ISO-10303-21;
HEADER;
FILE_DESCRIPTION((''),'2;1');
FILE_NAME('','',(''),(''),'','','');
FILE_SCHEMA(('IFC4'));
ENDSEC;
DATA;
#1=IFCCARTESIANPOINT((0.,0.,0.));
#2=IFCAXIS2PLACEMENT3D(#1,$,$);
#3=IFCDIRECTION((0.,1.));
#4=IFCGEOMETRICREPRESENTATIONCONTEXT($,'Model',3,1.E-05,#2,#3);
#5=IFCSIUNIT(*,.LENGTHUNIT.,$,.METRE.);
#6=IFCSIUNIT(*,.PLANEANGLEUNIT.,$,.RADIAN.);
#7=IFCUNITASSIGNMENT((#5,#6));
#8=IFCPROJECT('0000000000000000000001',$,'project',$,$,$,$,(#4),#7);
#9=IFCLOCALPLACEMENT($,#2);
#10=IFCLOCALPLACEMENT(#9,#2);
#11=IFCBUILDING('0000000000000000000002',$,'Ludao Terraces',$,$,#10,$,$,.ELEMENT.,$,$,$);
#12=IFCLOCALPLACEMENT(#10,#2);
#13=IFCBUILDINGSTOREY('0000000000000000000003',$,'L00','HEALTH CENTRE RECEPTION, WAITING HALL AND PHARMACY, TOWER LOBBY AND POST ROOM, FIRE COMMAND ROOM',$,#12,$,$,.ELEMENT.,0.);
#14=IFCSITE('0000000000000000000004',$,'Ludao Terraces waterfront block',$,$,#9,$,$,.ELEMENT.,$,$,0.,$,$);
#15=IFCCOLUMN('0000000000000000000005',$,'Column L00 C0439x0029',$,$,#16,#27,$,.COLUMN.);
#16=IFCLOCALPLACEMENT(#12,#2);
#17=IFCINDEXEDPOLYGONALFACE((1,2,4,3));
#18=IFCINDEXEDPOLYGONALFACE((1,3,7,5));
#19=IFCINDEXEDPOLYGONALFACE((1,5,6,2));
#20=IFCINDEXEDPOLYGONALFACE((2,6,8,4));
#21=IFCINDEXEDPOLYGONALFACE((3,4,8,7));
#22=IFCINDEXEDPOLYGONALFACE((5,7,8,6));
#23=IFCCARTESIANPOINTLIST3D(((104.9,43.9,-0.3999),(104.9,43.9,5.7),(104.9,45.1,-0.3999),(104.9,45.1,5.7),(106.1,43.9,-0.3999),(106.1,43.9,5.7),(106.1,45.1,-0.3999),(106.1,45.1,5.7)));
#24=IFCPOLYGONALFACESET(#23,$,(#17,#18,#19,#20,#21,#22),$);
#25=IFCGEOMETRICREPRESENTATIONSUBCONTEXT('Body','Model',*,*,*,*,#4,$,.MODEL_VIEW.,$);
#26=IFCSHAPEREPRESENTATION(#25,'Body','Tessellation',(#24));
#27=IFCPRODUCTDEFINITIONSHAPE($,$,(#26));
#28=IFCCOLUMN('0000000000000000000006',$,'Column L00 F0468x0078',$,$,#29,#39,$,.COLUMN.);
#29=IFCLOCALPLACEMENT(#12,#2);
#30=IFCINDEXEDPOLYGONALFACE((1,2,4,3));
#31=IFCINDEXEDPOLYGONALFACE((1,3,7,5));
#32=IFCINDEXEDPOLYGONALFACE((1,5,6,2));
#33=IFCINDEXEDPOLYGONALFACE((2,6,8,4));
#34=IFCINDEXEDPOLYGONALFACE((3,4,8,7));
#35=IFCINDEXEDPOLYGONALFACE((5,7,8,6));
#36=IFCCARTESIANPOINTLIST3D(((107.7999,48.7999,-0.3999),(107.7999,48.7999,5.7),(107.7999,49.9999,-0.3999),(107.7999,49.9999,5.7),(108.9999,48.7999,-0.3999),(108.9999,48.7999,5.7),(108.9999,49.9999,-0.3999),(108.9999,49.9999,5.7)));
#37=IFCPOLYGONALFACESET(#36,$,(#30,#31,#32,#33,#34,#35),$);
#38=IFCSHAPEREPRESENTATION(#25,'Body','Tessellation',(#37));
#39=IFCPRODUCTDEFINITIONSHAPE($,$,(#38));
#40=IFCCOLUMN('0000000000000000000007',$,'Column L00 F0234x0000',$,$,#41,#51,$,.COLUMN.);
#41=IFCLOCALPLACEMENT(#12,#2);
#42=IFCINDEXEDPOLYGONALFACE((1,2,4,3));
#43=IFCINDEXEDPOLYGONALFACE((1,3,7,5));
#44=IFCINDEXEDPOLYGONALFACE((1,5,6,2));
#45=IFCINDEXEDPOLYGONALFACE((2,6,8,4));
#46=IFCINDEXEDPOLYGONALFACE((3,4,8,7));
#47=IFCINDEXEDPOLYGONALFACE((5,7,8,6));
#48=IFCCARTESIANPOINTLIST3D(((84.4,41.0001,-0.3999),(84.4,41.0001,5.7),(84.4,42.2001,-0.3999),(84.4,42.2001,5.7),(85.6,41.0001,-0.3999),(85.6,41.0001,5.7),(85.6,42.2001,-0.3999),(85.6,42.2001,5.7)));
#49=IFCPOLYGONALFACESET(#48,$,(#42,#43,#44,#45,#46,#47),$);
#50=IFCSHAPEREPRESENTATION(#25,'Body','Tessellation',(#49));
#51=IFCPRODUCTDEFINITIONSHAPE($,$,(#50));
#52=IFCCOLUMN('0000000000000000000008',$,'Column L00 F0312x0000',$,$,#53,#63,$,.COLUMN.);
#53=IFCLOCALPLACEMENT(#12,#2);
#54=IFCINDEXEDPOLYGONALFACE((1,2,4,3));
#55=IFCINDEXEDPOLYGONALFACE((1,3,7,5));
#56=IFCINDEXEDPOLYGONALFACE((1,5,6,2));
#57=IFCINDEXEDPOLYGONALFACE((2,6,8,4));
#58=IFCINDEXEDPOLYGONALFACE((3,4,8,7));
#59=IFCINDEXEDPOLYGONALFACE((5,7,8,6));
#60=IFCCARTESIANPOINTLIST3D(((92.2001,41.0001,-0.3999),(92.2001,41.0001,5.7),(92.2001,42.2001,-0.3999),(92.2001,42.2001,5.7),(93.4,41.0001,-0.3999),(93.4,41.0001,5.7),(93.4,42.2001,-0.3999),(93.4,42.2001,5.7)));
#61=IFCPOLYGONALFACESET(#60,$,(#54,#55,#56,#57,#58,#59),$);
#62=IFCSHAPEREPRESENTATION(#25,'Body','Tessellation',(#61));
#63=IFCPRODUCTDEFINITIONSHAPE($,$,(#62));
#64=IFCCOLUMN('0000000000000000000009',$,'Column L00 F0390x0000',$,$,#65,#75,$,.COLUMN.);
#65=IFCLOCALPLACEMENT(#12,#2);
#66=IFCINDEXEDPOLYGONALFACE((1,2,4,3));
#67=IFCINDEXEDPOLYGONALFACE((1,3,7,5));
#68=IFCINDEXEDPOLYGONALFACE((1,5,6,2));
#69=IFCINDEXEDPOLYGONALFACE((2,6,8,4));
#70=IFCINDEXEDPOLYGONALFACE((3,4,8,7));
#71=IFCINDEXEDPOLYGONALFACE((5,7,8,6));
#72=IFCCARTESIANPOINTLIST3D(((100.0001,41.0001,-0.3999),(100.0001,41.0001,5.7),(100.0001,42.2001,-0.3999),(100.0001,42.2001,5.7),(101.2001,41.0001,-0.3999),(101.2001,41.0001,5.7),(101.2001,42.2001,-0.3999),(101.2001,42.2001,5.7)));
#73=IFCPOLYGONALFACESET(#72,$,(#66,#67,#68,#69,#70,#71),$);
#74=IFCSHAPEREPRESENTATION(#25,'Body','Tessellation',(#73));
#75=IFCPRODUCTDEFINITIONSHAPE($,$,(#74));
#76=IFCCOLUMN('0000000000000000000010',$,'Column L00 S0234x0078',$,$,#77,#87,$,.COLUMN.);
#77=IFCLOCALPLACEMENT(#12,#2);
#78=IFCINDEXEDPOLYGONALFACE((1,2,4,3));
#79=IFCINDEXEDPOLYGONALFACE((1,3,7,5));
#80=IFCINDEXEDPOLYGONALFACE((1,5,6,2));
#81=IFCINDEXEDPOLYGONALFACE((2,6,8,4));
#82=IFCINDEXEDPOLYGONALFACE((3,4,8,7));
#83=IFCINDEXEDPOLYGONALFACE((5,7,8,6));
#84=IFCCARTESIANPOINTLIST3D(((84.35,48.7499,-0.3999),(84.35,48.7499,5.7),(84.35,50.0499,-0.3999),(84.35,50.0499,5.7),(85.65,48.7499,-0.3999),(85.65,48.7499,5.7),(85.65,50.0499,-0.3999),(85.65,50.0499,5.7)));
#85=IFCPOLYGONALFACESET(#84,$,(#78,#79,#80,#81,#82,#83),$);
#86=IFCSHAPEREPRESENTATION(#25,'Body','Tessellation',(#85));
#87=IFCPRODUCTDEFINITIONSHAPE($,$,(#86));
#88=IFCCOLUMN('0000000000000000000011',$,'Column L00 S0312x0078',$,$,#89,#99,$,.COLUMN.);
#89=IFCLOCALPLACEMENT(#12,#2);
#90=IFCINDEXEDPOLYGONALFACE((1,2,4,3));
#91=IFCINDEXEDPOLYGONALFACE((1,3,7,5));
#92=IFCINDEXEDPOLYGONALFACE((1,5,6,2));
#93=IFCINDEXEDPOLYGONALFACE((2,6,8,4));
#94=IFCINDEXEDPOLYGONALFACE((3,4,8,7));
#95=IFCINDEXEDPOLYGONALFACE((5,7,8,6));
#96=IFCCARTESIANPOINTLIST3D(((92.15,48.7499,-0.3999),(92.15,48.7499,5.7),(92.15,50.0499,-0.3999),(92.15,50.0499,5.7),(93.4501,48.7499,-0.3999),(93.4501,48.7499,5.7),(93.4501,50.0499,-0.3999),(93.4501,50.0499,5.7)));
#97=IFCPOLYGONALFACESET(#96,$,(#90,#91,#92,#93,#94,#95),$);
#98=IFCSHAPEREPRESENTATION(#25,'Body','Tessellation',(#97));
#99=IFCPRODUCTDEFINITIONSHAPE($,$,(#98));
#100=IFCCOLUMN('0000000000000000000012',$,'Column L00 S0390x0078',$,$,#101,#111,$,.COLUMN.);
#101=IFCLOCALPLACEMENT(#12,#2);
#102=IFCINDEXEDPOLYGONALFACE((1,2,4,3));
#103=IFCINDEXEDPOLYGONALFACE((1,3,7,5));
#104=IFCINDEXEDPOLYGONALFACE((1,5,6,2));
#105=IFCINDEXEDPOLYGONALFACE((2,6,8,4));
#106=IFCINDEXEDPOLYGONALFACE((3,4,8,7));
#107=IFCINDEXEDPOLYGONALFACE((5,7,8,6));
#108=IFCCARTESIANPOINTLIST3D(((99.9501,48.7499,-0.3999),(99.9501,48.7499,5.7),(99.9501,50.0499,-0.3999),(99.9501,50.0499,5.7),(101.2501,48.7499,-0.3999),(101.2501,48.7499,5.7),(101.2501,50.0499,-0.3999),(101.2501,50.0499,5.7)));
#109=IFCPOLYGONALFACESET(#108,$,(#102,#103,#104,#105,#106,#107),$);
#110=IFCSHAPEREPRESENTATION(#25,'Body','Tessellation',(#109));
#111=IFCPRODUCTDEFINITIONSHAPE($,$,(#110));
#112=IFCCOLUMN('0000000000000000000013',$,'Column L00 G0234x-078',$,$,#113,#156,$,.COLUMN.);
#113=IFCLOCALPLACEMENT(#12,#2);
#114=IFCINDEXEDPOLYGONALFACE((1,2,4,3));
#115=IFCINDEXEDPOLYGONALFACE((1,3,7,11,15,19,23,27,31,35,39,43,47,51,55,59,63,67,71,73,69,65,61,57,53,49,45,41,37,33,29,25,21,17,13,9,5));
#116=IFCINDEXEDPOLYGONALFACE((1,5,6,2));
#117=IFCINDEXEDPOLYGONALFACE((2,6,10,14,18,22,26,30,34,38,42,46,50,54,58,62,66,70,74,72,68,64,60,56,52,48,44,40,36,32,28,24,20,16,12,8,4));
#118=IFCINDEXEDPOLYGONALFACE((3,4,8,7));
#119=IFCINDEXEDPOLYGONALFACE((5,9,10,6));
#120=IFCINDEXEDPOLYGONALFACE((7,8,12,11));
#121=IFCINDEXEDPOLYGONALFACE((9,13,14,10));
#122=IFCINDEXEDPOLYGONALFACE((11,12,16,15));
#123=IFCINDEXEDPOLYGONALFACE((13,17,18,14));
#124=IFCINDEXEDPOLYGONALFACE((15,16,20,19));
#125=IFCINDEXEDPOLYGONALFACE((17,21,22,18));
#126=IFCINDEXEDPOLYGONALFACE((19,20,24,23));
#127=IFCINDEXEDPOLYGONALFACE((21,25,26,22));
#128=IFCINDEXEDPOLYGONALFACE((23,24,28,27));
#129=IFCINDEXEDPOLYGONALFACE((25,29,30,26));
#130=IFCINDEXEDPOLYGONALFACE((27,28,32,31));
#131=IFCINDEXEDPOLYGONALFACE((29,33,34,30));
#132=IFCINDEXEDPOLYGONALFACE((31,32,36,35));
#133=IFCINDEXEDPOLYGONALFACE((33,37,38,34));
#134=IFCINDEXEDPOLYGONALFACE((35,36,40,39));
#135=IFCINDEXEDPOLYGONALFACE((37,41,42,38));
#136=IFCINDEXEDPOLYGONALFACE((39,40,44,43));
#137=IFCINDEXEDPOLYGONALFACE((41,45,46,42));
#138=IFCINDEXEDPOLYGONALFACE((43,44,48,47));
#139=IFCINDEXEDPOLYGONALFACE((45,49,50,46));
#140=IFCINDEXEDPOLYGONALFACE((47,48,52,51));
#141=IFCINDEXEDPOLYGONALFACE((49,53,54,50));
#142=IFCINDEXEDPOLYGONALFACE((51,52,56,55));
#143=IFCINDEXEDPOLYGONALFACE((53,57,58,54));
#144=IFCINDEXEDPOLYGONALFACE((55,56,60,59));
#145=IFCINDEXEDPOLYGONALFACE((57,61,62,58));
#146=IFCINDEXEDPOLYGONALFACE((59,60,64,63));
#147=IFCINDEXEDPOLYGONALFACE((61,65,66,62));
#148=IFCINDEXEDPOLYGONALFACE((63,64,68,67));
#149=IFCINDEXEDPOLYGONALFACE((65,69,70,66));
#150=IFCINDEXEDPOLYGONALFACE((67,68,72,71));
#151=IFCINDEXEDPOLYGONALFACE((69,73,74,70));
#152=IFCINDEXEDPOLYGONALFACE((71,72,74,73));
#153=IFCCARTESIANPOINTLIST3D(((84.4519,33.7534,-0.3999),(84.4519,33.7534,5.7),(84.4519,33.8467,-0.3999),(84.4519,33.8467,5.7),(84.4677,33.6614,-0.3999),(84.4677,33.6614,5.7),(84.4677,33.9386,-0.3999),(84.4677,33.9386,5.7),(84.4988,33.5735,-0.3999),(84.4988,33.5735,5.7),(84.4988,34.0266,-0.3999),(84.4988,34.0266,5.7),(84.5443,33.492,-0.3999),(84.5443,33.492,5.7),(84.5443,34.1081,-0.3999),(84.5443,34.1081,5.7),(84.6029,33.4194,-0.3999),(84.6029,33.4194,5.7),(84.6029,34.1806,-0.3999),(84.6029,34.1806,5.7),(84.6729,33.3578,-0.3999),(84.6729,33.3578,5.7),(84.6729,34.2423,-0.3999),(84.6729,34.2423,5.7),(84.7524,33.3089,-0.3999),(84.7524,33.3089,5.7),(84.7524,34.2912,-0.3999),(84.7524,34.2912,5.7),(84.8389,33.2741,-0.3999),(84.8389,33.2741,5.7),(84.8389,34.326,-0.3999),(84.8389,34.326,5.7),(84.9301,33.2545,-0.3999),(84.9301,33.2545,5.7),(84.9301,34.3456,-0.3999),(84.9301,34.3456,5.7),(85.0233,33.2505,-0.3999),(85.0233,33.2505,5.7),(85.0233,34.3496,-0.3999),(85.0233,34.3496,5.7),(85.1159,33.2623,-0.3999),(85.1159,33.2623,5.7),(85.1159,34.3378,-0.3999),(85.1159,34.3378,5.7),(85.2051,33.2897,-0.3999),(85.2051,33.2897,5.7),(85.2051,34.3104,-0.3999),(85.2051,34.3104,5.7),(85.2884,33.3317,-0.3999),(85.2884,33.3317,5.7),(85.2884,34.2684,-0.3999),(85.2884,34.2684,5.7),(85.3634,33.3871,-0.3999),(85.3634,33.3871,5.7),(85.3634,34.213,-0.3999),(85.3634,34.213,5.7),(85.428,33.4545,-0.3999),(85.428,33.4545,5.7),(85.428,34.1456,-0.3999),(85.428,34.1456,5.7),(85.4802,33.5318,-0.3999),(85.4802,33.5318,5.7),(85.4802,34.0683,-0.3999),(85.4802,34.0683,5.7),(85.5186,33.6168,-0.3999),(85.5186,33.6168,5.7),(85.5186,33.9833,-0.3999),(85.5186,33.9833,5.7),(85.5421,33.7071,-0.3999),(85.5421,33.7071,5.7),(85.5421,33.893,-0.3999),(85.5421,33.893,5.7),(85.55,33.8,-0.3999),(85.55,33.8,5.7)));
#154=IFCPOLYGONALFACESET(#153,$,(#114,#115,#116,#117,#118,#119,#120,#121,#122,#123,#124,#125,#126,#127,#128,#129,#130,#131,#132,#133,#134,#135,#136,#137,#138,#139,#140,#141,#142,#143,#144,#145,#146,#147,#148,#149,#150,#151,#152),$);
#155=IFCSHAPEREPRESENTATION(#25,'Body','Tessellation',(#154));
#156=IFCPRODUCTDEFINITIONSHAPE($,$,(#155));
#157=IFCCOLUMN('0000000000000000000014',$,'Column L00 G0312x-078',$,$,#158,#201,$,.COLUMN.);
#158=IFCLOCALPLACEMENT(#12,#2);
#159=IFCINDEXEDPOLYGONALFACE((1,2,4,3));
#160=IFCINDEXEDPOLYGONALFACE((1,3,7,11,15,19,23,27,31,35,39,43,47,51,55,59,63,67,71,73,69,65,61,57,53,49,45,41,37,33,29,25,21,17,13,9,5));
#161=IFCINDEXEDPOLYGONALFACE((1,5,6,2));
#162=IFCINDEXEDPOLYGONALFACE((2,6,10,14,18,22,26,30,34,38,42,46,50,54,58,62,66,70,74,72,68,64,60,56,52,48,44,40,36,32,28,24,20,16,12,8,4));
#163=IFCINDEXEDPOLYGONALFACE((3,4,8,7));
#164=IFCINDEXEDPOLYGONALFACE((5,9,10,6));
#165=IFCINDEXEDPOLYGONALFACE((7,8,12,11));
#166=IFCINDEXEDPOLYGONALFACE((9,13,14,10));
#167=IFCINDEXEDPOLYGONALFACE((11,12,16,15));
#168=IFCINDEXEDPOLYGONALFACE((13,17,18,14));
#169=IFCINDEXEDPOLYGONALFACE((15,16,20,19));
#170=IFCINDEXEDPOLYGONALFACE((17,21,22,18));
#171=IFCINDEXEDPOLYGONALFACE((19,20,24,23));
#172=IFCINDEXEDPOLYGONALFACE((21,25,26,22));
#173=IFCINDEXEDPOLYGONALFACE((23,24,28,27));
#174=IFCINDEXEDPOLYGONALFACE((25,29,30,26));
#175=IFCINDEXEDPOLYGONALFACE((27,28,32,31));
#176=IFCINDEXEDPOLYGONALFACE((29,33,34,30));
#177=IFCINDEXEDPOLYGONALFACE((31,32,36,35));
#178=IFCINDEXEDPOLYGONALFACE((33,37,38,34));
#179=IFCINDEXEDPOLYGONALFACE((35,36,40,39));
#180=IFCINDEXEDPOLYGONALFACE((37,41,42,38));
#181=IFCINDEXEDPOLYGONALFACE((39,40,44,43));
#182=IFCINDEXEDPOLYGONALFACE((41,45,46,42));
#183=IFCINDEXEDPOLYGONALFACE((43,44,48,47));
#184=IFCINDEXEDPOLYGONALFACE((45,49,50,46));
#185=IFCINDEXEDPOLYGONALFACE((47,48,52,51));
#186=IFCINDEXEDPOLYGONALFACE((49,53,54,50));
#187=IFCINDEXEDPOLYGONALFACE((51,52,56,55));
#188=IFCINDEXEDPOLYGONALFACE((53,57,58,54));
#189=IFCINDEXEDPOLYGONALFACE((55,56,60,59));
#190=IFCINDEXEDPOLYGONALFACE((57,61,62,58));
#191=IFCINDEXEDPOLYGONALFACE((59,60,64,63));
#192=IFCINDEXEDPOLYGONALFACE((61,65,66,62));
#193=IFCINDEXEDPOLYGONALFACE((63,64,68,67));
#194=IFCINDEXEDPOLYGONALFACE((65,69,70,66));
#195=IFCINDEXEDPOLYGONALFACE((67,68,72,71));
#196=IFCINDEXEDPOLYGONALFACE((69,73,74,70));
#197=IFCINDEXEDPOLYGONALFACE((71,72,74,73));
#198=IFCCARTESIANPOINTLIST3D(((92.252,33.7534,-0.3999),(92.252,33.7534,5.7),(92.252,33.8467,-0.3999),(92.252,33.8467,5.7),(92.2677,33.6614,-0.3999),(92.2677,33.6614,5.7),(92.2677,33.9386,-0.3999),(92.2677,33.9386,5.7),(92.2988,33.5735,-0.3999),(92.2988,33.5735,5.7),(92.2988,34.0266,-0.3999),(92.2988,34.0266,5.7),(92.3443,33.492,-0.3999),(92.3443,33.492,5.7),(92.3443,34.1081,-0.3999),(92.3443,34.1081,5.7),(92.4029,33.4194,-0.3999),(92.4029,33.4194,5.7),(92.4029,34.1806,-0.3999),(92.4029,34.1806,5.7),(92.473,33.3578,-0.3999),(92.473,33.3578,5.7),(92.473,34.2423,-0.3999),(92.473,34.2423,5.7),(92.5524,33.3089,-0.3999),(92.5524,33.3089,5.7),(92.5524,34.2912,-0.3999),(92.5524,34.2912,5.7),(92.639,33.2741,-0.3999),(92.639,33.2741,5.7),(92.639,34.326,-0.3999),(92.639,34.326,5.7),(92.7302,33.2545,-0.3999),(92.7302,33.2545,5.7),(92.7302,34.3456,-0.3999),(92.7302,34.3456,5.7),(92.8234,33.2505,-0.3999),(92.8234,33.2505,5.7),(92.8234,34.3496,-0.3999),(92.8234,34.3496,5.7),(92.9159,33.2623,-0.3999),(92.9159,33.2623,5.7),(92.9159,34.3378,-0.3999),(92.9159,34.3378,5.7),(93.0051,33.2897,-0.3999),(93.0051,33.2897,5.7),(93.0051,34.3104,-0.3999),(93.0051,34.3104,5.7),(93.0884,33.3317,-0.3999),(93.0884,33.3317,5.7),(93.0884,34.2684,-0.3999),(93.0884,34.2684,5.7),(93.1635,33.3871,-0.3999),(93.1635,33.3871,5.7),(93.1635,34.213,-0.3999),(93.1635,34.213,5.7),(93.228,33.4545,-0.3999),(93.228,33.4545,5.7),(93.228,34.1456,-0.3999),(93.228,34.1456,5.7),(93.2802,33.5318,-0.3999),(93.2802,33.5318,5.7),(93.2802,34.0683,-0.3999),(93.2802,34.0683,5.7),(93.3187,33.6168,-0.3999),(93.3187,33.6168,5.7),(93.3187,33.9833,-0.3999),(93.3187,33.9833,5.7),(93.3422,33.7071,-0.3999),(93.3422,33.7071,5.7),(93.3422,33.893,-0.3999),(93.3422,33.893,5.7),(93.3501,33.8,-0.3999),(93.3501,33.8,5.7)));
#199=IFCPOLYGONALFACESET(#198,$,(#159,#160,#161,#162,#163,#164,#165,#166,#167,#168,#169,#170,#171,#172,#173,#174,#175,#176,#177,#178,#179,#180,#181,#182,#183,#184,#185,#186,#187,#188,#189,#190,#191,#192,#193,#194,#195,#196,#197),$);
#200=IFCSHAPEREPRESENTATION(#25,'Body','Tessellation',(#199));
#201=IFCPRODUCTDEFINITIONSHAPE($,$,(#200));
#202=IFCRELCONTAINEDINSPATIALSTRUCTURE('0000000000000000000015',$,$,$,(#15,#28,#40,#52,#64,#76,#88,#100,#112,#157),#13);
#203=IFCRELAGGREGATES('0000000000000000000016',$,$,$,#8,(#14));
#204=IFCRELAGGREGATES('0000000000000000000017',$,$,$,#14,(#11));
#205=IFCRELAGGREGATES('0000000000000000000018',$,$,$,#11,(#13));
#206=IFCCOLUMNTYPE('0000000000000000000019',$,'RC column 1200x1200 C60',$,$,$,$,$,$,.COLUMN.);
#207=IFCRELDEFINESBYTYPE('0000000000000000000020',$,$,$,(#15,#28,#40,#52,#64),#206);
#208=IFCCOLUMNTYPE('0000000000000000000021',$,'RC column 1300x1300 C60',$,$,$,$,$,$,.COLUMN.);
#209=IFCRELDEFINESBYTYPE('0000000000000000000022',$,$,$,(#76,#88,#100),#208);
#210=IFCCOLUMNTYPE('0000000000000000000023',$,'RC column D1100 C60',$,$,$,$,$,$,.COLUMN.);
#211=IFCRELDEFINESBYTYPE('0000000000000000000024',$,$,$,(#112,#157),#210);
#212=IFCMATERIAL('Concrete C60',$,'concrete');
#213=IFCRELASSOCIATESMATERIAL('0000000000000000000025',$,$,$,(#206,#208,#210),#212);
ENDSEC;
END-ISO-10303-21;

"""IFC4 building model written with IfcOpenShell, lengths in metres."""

from ifc_helpers import new_model, si_unit, direction, frame, origin, origin_2d, place, context, subcontext, project, spatial, rectangle, circle, extrude, material, material_profile, profile_set, type_object, element, save


model = new_model("IFC4")

# Units and contexts
model_context = context("Model", 3, precision=1e-05, world=origin(), true_north=direction((0.0, 1.0)))
body_context = subcontext(model_context, "Body", "Model", "MODEL_VIEW")
ifc_project = project(units=[si_unit("LENGTHUNIT", "METRE"), si_unit("PLANEANGLEUNIT", "RADIAN")], contexts=[model_context])

# Site, building, storey
site_placement = place(None, origin())
site = spatial("IfcSite", under=ifc_project, at=site_placement, Name="Ludao Terraces waterfront block", CompositionType="ELEMENT", RefElevation=0.0)
building_placement = place(site_placement, origin())
building = spatial("IfcBuilding", under=site, at=building_placement, Name="Ludao Terraces", CompositionType="ELEMENT")
storey_placement = place(building_placement, origin())
storey = spatial("IfcBuildingStorey", under=building, at=storey_placement, Name="L00", Description="HEALTH CENTRE RECEPTION, WAITING HALL AND PHARMACY, TOWER LOBBY AND POST ROOM, FIRE COMMAND ROOM", CompositionType="ELEMENT", Elevation=0.0)

# Columns
ifc_material_1 = material(Name="Concrete C60", Category="concrete")
ifc_material_profile_1 = material_profile(ifc_material_1, rectangle(XDim=1.2, YDim=1.2, at=origin_2d()), Name="1200 X 1200")
ifc_profile_set_1 = profile_set([ifc_material_profile_1], Name="Concrete C60")
column_type_1 = type_object("IfcColumnType", Name="RC column 1200x1200 C60", PredefinedType="COLUMN", material=ifc_profile_set_1)
for number, where, z_axis, x_axis, name in (
    (1, (105.5, 44.5, -0.3999), (0.0, 0.0, 1.0), (1.0, 0.0, 0.0), "Column L00 C0439x0029"),
    (2, (108.3999, 49.3999, -0.3999), (0.0, 0.0, 1.0), (1.0, 0.0, 0.0), "Column L00 F0468x0078"),
    (3, (85.0, 41.6001, -0.3999), (0.0, 0.0, 1.0), (1.0, 0.0, 0.0), "Column L00 F0234x0000"),
    (4, (92.8, 41.6001, -0.3999), (0.0, 0.0, 1.0), (1.0, 0.0, 0.0), "Column L00 F0312x0000"),
    (5, (100.6001, 41.6001, -0.3999), (0.0, 0.0, 1.0), (1.0, 0.0, 0.0), "Column L00 F0390x0000"),
):
    element("IfcColumn", number, at=place(storey_placement, frame(where, z_axis=z_axis, x_axis=x_axis)), inside=storey, type_object=column_type_1, Name=name, PredefinedType="COLUMN", context=body_context, shape_type="SweptSolid", body=[
        extrude(rectangle(XDim=1.2, YDim=1.2, at=origin_2d()), origin(), (0.0, 0.0, 1.0), 6.0999),
    ])
ifc_material_profile_2 = material_profile(ifc_material_1, rectangle(XDim=1.3, YDim=1.3, at=origin_2d()), Name="1300 X 1300")
ifc_profile_set_2 = profile_set([ifc_material_profile_2], Name="Concrete C60")
column_type_2 = type_object("IfcColumnType", Name="RC column 1300x1300 C60", PredefinedType="COLUMN", material=ifc_profile_set_2)
for number, where, z_axis, x_axis, name in (
    (6, (85.0, 49.3999, -0.3999), (0.0, 0.0, 1.0), (1.0, 0.0, 0.0), "Column L00 S0234x0078"),
    (7, (92.8, 49.3999, -0.3999), (0.0, 0.0, 1.0), (1.0, 0.0, 0.0), "Column L00 S0312x0078"),
    (8, (100.6001, 49.3999, -0.3999), (0.0, 0.0, 1.0), (1.0, 0.0, 0.0), "Column L00 S0390x0078"),
):
    element("IfcColumn", number, at=place(storey_placement, frame(where, z_axis=z_axis, x_axis=x_axis)), inside=storey, type_object=column_type_2, Name=name, PredefinedType="COLUMN", context=body_context, shape_type="SweptSolid", body=[
        extrude(rectangle(XDim=1.3, YDim=1.3, at=origin_2d()), origin(), (0.0, 0.0, 1.0), 6.0999),
    ])
ifc_material_profile_3 = material_profile(ifc_material_1, circle(Radius=0.55, at=origin_2d()), Name="D1100")
ifc_profile_set_3 = profile_set([ifc_material_profile_3], Name="Concrete C60")
column_type_3 = type_object("IfcColumnType", Name="RC column D1100 C60", PredefinedType="COLUMN", material=ifc_profile_set_3)
for number, where, z_axis, x_axis, name in (
    (9, (85.0, 33.8, -0.3999), (0.0, 0.0, 1.0), (1.0, 0.0, 0.0), "Column L00 G0234x-078"),
    (10, (92.8, 33.8, -0.3999), (0.0, 0.0, 1.0), (1.0, 0.0, 0.0), "Column L00 G0312x-078"),
):
    element("IfcColumn", number, at=place(storey_placement, frame(where, z_axis=z_axis, x_axis=x_axis)), inside=storey, type_object=column_type_3, Name=name, PredefinedType="COLUMN", context=body_context, shape_type="SweptSolid", body=[
        extrude(circle(Radius=0.55, at=origin_2d()), origin(), (0.0, 0.0, 1.0), 6.0999),
    ])

save(model, "model.ifc")
